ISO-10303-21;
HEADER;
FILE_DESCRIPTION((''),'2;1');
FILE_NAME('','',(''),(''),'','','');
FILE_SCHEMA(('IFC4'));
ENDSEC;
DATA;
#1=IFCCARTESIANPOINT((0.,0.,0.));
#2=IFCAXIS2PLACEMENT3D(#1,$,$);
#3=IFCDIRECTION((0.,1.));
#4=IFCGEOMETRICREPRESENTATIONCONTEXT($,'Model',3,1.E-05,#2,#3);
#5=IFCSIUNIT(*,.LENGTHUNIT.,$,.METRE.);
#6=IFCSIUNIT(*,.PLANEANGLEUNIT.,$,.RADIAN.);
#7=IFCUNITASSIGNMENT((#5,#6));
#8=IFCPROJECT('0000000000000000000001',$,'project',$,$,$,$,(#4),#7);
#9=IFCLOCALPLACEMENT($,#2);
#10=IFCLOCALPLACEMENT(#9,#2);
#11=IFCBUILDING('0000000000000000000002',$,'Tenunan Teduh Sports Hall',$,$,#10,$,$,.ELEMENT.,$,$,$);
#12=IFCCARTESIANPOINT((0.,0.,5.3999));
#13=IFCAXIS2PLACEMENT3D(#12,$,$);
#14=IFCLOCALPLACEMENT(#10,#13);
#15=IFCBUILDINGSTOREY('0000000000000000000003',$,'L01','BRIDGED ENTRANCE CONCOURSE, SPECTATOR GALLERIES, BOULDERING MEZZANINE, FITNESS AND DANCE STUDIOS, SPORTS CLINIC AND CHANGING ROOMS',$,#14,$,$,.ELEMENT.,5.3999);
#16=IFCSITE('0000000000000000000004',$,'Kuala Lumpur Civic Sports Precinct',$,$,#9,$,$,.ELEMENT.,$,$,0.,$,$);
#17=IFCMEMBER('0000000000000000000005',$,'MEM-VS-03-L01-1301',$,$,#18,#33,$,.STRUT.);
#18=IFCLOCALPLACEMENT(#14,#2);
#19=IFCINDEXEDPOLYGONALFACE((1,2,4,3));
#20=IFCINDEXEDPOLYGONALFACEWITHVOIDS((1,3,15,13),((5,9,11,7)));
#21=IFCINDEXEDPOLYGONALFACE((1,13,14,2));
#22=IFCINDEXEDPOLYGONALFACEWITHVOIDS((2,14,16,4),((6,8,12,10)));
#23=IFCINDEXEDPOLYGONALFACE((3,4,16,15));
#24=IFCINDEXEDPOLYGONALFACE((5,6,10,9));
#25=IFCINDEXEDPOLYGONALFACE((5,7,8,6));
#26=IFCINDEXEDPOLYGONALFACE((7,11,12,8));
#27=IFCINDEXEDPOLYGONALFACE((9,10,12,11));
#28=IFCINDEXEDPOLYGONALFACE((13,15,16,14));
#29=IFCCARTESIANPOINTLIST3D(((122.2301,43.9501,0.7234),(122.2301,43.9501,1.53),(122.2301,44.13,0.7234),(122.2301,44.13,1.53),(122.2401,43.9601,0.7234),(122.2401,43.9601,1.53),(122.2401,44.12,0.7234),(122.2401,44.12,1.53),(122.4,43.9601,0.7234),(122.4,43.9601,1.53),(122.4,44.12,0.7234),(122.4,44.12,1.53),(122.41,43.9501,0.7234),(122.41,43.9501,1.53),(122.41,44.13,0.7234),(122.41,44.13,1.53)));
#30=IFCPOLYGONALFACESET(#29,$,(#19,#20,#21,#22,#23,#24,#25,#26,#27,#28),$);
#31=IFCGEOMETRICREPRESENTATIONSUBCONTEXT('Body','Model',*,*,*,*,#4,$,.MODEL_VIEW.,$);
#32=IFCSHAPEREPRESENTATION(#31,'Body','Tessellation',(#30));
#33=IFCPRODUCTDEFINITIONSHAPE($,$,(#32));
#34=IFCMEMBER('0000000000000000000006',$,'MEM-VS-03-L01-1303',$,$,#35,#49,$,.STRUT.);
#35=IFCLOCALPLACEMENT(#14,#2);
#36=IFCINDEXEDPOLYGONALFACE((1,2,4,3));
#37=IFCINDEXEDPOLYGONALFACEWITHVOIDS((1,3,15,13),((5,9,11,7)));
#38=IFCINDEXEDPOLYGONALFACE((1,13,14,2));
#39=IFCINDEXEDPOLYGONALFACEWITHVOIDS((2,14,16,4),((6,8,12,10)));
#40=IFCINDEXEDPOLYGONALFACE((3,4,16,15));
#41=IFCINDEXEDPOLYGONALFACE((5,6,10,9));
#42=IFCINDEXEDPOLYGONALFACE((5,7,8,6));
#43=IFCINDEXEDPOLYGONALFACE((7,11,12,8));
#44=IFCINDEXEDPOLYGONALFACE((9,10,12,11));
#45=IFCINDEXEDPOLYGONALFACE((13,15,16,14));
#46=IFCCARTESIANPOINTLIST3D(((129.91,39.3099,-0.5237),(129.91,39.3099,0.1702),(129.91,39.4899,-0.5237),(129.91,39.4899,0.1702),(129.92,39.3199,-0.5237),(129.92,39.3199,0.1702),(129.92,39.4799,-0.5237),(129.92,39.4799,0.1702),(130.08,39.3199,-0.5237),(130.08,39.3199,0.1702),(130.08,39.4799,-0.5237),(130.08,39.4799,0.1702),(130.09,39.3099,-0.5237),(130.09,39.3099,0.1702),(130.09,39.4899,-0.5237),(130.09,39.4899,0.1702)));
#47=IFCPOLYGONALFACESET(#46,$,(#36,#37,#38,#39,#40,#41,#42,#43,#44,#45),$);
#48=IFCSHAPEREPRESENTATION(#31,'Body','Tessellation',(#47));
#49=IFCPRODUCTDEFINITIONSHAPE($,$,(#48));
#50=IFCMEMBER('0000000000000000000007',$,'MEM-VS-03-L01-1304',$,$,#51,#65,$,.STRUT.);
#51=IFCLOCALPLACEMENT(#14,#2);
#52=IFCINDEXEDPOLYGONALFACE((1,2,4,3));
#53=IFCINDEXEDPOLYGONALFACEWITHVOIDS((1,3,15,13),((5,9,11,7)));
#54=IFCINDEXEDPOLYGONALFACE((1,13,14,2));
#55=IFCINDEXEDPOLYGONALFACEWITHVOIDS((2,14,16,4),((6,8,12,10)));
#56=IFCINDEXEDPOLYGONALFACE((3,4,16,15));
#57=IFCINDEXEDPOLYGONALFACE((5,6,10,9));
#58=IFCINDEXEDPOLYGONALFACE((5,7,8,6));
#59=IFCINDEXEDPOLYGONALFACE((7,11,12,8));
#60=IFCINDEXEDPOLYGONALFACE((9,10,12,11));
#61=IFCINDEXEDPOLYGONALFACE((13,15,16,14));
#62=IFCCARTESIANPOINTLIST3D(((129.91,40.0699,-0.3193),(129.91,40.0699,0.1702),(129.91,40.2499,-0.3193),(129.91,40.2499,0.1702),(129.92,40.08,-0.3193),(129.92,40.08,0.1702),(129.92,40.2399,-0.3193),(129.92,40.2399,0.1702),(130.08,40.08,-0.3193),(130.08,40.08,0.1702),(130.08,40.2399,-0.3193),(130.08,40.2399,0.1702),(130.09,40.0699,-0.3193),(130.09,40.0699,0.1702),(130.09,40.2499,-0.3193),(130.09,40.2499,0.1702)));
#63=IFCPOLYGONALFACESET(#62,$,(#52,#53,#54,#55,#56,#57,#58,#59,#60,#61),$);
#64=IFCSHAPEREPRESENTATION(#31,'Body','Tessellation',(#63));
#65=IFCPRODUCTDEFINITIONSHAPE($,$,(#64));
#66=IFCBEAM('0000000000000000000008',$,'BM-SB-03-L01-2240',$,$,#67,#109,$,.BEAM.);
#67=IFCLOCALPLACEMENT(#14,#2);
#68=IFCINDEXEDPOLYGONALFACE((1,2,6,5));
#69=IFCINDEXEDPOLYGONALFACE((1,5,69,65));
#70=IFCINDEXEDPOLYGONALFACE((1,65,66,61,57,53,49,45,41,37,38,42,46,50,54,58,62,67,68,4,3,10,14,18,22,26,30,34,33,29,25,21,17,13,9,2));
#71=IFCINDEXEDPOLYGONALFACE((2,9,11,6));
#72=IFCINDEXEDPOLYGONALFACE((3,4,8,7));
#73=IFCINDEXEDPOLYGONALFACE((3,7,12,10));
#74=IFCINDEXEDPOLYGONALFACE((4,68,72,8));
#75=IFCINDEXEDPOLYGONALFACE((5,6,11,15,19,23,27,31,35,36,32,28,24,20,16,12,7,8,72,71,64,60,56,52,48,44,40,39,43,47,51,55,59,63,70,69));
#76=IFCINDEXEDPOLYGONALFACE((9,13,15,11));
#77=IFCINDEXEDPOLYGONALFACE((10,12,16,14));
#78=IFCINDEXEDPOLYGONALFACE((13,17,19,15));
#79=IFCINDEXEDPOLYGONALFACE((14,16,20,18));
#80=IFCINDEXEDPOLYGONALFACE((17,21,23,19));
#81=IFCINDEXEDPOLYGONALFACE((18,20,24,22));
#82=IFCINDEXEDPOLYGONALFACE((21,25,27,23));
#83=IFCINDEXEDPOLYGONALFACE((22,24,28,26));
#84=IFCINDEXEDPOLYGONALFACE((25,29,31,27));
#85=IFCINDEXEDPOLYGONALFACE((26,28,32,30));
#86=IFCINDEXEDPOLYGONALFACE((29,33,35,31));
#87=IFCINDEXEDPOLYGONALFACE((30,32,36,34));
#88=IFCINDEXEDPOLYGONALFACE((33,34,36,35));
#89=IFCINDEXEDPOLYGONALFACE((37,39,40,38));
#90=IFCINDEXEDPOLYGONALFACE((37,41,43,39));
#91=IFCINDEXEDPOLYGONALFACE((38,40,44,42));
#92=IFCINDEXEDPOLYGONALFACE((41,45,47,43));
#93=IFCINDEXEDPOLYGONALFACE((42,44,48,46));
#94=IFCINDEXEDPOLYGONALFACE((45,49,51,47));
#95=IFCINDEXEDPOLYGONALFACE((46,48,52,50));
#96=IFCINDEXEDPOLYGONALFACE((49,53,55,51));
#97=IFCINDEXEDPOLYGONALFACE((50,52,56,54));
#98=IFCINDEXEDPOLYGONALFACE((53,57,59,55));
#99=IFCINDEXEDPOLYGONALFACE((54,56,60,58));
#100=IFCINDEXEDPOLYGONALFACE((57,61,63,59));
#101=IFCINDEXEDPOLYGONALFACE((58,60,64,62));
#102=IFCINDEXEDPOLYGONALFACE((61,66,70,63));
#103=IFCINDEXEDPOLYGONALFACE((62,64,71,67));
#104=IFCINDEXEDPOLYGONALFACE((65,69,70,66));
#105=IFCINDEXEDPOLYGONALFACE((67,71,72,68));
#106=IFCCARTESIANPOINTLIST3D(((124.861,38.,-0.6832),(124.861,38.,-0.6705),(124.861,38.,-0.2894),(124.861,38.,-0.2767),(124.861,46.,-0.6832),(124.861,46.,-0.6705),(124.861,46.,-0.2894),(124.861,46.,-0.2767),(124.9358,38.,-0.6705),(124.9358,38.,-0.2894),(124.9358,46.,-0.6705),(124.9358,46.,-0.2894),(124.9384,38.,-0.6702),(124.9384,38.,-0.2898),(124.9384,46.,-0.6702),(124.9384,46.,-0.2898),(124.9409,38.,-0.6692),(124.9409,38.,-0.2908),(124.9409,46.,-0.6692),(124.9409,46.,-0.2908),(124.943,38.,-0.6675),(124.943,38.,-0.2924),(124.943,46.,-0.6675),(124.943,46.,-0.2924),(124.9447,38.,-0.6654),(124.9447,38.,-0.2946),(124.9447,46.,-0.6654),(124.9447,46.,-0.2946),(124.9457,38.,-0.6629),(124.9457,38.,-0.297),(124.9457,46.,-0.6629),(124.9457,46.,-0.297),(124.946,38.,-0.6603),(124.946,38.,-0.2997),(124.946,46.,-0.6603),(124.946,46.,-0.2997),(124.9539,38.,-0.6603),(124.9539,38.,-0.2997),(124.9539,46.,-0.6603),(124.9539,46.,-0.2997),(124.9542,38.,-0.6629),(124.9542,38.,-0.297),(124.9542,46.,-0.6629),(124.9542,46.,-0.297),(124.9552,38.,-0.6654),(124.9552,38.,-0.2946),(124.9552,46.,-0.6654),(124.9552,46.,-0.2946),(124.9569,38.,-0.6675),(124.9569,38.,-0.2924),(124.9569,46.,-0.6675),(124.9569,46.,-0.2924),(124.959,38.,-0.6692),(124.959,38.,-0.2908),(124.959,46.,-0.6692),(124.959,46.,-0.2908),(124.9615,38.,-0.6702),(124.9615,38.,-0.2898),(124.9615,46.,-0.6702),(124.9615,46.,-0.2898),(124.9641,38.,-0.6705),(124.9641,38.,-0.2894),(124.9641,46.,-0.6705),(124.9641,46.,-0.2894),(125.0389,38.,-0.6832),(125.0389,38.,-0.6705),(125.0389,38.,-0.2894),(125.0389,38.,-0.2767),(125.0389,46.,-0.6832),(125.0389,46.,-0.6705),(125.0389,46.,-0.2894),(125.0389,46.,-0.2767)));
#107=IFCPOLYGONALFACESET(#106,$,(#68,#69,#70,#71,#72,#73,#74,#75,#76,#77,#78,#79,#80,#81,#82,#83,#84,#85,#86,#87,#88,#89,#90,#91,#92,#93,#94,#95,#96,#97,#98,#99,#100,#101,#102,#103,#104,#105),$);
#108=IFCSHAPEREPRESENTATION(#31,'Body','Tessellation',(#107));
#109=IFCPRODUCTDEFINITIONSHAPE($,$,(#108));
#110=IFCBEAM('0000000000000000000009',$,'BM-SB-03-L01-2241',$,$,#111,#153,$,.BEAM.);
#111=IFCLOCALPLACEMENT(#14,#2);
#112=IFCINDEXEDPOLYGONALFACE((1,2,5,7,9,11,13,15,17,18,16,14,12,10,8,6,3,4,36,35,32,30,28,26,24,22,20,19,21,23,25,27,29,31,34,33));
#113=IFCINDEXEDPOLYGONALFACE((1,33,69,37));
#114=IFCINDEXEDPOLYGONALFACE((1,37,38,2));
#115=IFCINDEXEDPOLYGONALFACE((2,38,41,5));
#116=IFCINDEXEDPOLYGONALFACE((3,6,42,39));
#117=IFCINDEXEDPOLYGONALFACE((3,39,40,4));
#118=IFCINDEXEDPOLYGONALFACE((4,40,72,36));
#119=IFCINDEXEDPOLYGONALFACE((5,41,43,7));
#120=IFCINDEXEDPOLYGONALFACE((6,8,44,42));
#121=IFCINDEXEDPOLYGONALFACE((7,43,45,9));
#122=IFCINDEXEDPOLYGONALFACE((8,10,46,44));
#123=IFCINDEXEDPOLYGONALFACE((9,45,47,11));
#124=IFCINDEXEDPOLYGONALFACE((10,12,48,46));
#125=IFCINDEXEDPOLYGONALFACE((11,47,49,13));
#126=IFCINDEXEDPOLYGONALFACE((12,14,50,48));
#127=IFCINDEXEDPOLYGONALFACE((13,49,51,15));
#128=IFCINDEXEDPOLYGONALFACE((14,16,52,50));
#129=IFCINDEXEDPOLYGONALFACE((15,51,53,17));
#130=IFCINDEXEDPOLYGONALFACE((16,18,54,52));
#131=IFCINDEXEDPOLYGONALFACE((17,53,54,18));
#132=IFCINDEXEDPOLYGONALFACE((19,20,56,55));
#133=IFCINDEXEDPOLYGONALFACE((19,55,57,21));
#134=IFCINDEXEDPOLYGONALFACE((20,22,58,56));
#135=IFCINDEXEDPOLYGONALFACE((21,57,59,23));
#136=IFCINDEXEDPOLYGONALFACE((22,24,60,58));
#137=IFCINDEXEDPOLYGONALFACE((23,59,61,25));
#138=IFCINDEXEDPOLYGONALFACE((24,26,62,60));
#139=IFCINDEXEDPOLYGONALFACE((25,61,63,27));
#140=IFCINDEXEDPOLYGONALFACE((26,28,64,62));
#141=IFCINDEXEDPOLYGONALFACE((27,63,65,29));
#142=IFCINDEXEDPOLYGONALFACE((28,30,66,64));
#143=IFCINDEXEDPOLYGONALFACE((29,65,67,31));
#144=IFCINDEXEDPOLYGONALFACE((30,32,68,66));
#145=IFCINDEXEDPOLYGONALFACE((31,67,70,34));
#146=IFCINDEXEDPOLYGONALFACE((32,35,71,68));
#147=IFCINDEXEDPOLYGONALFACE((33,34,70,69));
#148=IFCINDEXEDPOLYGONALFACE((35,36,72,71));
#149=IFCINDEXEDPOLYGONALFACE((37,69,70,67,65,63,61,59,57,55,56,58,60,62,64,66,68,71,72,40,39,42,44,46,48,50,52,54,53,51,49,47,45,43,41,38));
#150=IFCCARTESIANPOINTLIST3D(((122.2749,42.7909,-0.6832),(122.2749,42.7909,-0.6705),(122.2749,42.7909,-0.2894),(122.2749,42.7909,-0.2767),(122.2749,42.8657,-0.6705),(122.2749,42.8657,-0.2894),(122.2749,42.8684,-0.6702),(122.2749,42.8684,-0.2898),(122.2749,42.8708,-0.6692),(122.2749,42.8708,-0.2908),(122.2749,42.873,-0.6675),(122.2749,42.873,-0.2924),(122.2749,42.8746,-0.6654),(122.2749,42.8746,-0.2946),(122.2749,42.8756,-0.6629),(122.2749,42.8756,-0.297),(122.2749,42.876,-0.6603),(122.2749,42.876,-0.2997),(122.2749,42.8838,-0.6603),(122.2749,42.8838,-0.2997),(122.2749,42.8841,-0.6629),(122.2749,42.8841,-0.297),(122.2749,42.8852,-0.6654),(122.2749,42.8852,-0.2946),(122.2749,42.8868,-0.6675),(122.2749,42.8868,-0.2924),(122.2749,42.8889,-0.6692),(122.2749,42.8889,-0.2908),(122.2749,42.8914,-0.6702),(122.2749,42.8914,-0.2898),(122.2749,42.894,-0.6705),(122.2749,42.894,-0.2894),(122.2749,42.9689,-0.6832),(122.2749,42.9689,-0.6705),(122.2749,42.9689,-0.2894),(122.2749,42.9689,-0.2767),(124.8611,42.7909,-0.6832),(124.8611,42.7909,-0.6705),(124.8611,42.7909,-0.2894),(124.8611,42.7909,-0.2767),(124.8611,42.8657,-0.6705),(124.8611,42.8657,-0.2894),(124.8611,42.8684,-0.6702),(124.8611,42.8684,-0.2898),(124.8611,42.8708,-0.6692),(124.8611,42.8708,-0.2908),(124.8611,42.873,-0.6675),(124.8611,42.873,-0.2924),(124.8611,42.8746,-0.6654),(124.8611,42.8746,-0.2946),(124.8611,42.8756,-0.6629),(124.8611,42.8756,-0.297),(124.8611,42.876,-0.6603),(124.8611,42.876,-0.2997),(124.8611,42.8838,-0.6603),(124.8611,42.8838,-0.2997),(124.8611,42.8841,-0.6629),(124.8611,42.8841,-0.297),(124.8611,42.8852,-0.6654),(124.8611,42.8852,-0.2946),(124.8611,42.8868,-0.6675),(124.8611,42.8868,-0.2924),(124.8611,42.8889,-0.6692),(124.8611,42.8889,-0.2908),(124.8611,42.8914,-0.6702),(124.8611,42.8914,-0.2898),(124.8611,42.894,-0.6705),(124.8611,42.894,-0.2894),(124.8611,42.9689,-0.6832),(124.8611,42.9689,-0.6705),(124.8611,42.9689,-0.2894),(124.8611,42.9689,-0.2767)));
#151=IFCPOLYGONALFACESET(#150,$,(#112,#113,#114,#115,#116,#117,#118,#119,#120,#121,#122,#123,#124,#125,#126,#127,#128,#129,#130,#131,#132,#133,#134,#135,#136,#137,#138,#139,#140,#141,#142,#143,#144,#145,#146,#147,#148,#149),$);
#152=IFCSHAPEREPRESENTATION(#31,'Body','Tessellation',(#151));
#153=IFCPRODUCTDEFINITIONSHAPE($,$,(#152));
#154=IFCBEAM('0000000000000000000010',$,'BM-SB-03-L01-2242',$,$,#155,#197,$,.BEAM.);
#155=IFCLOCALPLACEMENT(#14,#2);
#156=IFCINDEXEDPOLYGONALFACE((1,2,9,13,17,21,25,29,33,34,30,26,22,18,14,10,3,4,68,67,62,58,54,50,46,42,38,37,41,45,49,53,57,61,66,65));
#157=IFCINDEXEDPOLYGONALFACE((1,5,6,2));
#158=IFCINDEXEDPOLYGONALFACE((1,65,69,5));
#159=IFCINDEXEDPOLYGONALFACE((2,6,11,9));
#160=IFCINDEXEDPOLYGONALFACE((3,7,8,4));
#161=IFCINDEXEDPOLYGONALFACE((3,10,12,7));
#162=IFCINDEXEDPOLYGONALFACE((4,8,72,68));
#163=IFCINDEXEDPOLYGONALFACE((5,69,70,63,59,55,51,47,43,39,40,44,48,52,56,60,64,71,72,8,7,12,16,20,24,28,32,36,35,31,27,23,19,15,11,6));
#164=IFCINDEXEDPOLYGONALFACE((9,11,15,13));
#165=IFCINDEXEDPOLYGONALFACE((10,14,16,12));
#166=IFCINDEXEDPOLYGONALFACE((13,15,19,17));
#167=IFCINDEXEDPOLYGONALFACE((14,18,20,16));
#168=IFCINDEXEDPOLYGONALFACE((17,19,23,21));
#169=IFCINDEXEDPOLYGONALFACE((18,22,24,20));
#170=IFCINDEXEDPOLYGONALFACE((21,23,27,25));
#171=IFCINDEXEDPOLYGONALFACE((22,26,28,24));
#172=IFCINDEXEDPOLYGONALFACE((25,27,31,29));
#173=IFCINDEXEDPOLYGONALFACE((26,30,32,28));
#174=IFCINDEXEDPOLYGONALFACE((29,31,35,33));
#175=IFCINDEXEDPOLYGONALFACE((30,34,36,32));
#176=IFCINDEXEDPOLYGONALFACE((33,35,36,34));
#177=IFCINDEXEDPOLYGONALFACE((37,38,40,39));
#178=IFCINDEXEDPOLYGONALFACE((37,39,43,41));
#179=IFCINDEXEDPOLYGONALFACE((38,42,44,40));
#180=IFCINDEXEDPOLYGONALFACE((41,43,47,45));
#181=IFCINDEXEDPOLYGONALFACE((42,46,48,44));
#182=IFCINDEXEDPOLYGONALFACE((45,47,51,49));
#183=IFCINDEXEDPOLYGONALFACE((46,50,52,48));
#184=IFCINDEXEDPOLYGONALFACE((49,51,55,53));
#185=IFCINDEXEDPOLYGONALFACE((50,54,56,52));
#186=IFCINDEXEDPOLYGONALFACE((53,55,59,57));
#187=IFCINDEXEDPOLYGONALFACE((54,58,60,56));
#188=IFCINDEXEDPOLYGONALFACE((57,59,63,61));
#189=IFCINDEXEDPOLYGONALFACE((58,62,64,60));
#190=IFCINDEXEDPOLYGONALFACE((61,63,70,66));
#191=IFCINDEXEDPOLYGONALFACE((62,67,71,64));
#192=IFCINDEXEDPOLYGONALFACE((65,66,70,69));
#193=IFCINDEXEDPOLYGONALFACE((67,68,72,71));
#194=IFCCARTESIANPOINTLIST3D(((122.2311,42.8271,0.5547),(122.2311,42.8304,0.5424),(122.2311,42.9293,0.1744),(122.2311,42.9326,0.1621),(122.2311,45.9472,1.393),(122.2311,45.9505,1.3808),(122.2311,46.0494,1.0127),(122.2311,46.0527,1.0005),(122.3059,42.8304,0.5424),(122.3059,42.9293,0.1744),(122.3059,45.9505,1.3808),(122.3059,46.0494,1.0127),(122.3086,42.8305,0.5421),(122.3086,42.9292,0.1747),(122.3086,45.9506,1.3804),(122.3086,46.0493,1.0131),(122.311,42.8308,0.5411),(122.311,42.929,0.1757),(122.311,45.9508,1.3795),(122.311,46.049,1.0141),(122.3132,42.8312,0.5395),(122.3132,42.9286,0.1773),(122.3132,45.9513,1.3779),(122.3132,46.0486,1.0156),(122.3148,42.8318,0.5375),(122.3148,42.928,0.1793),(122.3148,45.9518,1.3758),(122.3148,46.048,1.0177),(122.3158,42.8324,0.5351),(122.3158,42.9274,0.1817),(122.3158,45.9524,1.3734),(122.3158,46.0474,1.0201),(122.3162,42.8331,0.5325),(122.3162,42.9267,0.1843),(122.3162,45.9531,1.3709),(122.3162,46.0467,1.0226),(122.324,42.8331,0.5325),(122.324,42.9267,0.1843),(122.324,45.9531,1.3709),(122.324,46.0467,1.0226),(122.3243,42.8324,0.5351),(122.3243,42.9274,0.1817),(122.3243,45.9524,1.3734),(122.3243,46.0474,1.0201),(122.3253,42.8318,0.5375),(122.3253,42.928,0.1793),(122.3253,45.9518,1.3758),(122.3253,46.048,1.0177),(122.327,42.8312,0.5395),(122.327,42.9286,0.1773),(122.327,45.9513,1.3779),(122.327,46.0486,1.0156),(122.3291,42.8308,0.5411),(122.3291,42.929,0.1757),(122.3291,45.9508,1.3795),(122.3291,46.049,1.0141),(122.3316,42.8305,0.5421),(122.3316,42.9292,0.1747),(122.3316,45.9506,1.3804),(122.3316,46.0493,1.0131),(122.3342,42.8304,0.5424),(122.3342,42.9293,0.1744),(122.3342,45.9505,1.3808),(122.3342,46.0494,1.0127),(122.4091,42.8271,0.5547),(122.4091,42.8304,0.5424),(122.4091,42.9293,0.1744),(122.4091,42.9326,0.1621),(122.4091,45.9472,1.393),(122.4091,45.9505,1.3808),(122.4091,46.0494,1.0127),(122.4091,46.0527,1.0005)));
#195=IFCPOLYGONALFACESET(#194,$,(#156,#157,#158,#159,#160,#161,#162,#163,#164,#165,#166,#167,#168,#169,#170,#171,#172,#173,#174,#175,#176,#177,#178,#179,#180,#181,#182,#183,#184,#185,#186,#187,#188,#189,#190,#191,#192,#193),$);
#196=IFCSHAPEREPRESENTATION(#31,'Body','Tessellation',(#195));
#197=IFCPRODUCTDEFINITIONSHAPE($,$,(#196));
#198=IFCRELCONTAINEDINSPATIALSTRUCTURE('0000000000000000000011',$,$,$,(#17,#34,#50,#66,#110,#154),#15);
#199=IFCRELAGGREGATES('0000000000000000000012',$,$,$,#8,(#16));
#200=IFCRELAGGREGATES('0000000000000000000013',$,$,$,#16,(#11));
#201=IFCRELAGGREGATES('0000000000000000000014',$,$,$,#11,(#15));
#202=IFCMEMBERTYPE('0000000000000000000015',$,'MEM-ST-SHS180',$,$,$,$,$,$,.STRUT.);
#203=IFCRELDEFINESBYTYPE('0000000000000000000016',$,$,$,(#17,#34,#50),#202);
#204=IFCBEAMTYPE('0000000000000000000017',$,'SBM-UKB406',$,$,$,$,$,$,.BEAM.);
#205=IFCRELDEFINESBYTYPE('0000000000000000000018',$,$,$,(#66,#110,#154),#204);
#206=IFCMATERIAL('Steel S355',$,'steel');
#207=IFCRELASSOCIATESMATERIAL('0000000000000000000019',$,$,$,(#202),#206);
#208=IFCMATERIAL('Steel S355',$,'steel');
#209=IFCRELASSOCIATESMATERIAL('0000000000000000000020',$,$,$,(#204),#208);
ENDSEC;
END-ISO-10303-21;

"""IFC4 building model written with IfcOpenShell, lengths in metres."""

from ifc_helpers import new_model, si_unit, direction, frame, origin, origin_2d, place, context, subcontext, project, spatial, hollow_rectangle, i_section, extrude, material, material_profile, profile_set, type_object, element, save


model = new_model("IFC4")

# Units and contexts
model_context = context("Model", 3, precision=1e-05, world=origin(), true_north=direction((0.0, 1.0)))
body_context = subcontext(model_context, "Body", "Model", "MODEL_VIEW")
ifc_project = project(units=[si_unit("LENGTHUNIT", "METRE"), si_unit("PLANEANGLEUNIT", "RADIAN")], contexts=[model_context])

# Site, building, storey
site_placement = place(None, origin())
site = spatial("IfcSite", under=ifc_project, at=site_placement, Name="Kuala Lumpur Civic Sports Precinct", CompositionType="ELEMENT", RefElevation=0.0)
building_placement = place(site_placement, origin())
building = spatial("IfcBuilding", under=site, at=building_placement, Name="Tenunan Teduh Sports Hall", CompositionType="ELEMENT")
storey_placement = place(building_placement, frame((0.0, 0.0, 5.3999)))
storey = spatial("IfcBuildingStorey", under=building, at=storey_placement, Name="L01", Description="BRIDGED ENTRANCE CONCOURSE, SPECTATOR GALLERIES, BOULDERING MEZZANINE, FITNESS AND DANCE STUDIOS, SPORTS CLINIC AND CHANGING ROOMS", CompositionType="ELEMENT", Elevation=5.3999)

# Members
ifc_material_1 = material(Name="Steel S355", Category="steel")
ifc_material_profile_1 = material_profile(ifc_material_1, hollow_rectangle(XDim=0.1799, YDim=0.1799, WallThickness=0.01, at=origin_2d()), Name="SHS 180x180x10.0")
ifc_profile_set_1 = profile_set([ifc_material_profile_1], Name="Steel S355")
member_type = type_object("IfcMemberType", Name="MEM-ST-SHS180", PredefinedType="STRUT", material=ifc_profile_set_1)
member_1_placement = place(storey_placement, frame((122.3201, 44.04, 0.7234), z_axis=(0.0, 0.0, 1.0), x_axis=(1.0, 0.0, 0.0)))
element("IfcMember", 1, at=member_1_placement, inside=storey, type_object=member_type, Name="MEM-VS-03-L01-1301", PredefinedType="STRUT", context=body_context, shape_type="SweptSolid", body=[
    extrude(hollow_rectangle(XDim=0.1799, YDim=0.1799, WallThickness=0.01, at=origin_2d()), origin(), (0.0, 0.0, 1.0), 0.8066),
])
member_2_placement = place(storey_placement, frame((130.0, 39.3999, -0.5237), z_axis=(0.0, 0.0, 1.0), x_axis=(1.0, 0.0, 0.0)))
element("IfcMember", 2, at=member_2_placement, inside=storey, type_object=member_type, Name="MEM-VS-03-L01-1303", PredefinedType="STRUT", context=body_context, shape_type="SweptSolid", body=[
    extrude(hollow_rectangle(XDim=0.1799, YDim=0.1799, WallThickness=0.01, at=origin_2d()), origin(), (0.0, 0.0, 1.0), 0.6938),
])
member_3_placement = place(storey_placement, frame((130.0, 40.1599, -0.3193), z_axis=(0.0, 0.0, 1.0), x_axis=(1.0, 0.0, 0.0)))
element("IfcMember", 3, at=member_3_placement, inside=storey, type_object=member_type, Name="MEM-VS-03-L01-1304", PredefinedType="STRUT", context=body_context, shape_type="SweptSolid", body=[
    extrude(hollow_rectangle(XDim=0.1799, YDim=0.1799, WallThickness=0.01, at=origin_2d()), origin(), (0.0, 0.0, 1.0), 0.4895),
])

# Beams
ifc_material_2 = material(Name="Steel S355", Category="steel")
ifc_material_profile_2 = material_profile(ifc_material_2, i_section(OverallWidth=0.178, OverallDepth=0.4065, WebThickness=0.0078, FlangeThickness=0.0127, FilletRadius=0.0103, at=origin_2d()), Name="UKB 406x178x60")
ifc_profile_set_2 = profile_set([ifc_material_profile_2], Name="Steel S355")
beam_type_1 = type_object("IfcBeamType", Name="SBM-UKB406", PredefinedType="BEAM", material=ifc_profile_set_2)
beam_1_placement = place(storey_placement, frame((124.95, 38.0, -0.48), z_axis=(0.0, 1.0, 0.0), x_axis=(-1.0, 0.0, 0.0)))
element("IfcBeam", 4, at=beam_1_placement, inside=storey, type_object=beam_type_1, Name="BM-SB-03-L01-2240", PredefinedType="BEAM", context=body_context, shape_type="SweptSolid", body=[
    extrude(i_section(OverallWidth=0.178, OverallDepth=0.4065, WebThickness=0.0078, FlangeThickness=0.0127, FilletRadius=0.0103, at=origin_2d()), origin(), (0.0, 0.0, 1.0), 8.0),
])
beam_2_placement = place(storey_placement, frame((122.2749, 42.8799, -0.48), z_axis=(1.0, 0.0, 0.0), x_axis=(0.0, 1.0, 0.0)))
element("IfcBeam", 5, at=beam_2_placement, inside=storey, type_object=beam_type_1, Name="BM-SB-03-L01-2241", PredefinedType="BEAM", context=body_context, shape_type="SweptSolid", body=[
    extrude(i_section(OverallWidth=0.178, OverallDepth=0.4065, WebThickness=0.0078, FlangeThickness=0.0127, FilletRadius=0.0103, at=origin_2d()), origin(), (0.0, 0.0, 1.0), 2.5862),
])
beam_3_placement = place(storey_placement, frame((122.3201, 42.8799, 0.3584), z_axis=(0.0, 0.965744, 0.259496), x_axis=(-1.0, 0.0, 0.0)))
element("IfcBeam", 6, at=beam_3_placement, inside=storey, type_object=beam_type_1, Name="BM-SB-03-L01-2242", PredefinedType="BEAM", context=body_context, shape_type="SweptSolid", body=[
    extrude(i_section(OverallWidth=0.178, OverallDepth=0.4065, WebThickness=0.0078, FlangeThickness=0.0127, FilletRadius=0.0103, at=origin_2d()), origin(), (0.0, 0.0, 1.0), 3.2307),
])

save(model, "model.ifc")
